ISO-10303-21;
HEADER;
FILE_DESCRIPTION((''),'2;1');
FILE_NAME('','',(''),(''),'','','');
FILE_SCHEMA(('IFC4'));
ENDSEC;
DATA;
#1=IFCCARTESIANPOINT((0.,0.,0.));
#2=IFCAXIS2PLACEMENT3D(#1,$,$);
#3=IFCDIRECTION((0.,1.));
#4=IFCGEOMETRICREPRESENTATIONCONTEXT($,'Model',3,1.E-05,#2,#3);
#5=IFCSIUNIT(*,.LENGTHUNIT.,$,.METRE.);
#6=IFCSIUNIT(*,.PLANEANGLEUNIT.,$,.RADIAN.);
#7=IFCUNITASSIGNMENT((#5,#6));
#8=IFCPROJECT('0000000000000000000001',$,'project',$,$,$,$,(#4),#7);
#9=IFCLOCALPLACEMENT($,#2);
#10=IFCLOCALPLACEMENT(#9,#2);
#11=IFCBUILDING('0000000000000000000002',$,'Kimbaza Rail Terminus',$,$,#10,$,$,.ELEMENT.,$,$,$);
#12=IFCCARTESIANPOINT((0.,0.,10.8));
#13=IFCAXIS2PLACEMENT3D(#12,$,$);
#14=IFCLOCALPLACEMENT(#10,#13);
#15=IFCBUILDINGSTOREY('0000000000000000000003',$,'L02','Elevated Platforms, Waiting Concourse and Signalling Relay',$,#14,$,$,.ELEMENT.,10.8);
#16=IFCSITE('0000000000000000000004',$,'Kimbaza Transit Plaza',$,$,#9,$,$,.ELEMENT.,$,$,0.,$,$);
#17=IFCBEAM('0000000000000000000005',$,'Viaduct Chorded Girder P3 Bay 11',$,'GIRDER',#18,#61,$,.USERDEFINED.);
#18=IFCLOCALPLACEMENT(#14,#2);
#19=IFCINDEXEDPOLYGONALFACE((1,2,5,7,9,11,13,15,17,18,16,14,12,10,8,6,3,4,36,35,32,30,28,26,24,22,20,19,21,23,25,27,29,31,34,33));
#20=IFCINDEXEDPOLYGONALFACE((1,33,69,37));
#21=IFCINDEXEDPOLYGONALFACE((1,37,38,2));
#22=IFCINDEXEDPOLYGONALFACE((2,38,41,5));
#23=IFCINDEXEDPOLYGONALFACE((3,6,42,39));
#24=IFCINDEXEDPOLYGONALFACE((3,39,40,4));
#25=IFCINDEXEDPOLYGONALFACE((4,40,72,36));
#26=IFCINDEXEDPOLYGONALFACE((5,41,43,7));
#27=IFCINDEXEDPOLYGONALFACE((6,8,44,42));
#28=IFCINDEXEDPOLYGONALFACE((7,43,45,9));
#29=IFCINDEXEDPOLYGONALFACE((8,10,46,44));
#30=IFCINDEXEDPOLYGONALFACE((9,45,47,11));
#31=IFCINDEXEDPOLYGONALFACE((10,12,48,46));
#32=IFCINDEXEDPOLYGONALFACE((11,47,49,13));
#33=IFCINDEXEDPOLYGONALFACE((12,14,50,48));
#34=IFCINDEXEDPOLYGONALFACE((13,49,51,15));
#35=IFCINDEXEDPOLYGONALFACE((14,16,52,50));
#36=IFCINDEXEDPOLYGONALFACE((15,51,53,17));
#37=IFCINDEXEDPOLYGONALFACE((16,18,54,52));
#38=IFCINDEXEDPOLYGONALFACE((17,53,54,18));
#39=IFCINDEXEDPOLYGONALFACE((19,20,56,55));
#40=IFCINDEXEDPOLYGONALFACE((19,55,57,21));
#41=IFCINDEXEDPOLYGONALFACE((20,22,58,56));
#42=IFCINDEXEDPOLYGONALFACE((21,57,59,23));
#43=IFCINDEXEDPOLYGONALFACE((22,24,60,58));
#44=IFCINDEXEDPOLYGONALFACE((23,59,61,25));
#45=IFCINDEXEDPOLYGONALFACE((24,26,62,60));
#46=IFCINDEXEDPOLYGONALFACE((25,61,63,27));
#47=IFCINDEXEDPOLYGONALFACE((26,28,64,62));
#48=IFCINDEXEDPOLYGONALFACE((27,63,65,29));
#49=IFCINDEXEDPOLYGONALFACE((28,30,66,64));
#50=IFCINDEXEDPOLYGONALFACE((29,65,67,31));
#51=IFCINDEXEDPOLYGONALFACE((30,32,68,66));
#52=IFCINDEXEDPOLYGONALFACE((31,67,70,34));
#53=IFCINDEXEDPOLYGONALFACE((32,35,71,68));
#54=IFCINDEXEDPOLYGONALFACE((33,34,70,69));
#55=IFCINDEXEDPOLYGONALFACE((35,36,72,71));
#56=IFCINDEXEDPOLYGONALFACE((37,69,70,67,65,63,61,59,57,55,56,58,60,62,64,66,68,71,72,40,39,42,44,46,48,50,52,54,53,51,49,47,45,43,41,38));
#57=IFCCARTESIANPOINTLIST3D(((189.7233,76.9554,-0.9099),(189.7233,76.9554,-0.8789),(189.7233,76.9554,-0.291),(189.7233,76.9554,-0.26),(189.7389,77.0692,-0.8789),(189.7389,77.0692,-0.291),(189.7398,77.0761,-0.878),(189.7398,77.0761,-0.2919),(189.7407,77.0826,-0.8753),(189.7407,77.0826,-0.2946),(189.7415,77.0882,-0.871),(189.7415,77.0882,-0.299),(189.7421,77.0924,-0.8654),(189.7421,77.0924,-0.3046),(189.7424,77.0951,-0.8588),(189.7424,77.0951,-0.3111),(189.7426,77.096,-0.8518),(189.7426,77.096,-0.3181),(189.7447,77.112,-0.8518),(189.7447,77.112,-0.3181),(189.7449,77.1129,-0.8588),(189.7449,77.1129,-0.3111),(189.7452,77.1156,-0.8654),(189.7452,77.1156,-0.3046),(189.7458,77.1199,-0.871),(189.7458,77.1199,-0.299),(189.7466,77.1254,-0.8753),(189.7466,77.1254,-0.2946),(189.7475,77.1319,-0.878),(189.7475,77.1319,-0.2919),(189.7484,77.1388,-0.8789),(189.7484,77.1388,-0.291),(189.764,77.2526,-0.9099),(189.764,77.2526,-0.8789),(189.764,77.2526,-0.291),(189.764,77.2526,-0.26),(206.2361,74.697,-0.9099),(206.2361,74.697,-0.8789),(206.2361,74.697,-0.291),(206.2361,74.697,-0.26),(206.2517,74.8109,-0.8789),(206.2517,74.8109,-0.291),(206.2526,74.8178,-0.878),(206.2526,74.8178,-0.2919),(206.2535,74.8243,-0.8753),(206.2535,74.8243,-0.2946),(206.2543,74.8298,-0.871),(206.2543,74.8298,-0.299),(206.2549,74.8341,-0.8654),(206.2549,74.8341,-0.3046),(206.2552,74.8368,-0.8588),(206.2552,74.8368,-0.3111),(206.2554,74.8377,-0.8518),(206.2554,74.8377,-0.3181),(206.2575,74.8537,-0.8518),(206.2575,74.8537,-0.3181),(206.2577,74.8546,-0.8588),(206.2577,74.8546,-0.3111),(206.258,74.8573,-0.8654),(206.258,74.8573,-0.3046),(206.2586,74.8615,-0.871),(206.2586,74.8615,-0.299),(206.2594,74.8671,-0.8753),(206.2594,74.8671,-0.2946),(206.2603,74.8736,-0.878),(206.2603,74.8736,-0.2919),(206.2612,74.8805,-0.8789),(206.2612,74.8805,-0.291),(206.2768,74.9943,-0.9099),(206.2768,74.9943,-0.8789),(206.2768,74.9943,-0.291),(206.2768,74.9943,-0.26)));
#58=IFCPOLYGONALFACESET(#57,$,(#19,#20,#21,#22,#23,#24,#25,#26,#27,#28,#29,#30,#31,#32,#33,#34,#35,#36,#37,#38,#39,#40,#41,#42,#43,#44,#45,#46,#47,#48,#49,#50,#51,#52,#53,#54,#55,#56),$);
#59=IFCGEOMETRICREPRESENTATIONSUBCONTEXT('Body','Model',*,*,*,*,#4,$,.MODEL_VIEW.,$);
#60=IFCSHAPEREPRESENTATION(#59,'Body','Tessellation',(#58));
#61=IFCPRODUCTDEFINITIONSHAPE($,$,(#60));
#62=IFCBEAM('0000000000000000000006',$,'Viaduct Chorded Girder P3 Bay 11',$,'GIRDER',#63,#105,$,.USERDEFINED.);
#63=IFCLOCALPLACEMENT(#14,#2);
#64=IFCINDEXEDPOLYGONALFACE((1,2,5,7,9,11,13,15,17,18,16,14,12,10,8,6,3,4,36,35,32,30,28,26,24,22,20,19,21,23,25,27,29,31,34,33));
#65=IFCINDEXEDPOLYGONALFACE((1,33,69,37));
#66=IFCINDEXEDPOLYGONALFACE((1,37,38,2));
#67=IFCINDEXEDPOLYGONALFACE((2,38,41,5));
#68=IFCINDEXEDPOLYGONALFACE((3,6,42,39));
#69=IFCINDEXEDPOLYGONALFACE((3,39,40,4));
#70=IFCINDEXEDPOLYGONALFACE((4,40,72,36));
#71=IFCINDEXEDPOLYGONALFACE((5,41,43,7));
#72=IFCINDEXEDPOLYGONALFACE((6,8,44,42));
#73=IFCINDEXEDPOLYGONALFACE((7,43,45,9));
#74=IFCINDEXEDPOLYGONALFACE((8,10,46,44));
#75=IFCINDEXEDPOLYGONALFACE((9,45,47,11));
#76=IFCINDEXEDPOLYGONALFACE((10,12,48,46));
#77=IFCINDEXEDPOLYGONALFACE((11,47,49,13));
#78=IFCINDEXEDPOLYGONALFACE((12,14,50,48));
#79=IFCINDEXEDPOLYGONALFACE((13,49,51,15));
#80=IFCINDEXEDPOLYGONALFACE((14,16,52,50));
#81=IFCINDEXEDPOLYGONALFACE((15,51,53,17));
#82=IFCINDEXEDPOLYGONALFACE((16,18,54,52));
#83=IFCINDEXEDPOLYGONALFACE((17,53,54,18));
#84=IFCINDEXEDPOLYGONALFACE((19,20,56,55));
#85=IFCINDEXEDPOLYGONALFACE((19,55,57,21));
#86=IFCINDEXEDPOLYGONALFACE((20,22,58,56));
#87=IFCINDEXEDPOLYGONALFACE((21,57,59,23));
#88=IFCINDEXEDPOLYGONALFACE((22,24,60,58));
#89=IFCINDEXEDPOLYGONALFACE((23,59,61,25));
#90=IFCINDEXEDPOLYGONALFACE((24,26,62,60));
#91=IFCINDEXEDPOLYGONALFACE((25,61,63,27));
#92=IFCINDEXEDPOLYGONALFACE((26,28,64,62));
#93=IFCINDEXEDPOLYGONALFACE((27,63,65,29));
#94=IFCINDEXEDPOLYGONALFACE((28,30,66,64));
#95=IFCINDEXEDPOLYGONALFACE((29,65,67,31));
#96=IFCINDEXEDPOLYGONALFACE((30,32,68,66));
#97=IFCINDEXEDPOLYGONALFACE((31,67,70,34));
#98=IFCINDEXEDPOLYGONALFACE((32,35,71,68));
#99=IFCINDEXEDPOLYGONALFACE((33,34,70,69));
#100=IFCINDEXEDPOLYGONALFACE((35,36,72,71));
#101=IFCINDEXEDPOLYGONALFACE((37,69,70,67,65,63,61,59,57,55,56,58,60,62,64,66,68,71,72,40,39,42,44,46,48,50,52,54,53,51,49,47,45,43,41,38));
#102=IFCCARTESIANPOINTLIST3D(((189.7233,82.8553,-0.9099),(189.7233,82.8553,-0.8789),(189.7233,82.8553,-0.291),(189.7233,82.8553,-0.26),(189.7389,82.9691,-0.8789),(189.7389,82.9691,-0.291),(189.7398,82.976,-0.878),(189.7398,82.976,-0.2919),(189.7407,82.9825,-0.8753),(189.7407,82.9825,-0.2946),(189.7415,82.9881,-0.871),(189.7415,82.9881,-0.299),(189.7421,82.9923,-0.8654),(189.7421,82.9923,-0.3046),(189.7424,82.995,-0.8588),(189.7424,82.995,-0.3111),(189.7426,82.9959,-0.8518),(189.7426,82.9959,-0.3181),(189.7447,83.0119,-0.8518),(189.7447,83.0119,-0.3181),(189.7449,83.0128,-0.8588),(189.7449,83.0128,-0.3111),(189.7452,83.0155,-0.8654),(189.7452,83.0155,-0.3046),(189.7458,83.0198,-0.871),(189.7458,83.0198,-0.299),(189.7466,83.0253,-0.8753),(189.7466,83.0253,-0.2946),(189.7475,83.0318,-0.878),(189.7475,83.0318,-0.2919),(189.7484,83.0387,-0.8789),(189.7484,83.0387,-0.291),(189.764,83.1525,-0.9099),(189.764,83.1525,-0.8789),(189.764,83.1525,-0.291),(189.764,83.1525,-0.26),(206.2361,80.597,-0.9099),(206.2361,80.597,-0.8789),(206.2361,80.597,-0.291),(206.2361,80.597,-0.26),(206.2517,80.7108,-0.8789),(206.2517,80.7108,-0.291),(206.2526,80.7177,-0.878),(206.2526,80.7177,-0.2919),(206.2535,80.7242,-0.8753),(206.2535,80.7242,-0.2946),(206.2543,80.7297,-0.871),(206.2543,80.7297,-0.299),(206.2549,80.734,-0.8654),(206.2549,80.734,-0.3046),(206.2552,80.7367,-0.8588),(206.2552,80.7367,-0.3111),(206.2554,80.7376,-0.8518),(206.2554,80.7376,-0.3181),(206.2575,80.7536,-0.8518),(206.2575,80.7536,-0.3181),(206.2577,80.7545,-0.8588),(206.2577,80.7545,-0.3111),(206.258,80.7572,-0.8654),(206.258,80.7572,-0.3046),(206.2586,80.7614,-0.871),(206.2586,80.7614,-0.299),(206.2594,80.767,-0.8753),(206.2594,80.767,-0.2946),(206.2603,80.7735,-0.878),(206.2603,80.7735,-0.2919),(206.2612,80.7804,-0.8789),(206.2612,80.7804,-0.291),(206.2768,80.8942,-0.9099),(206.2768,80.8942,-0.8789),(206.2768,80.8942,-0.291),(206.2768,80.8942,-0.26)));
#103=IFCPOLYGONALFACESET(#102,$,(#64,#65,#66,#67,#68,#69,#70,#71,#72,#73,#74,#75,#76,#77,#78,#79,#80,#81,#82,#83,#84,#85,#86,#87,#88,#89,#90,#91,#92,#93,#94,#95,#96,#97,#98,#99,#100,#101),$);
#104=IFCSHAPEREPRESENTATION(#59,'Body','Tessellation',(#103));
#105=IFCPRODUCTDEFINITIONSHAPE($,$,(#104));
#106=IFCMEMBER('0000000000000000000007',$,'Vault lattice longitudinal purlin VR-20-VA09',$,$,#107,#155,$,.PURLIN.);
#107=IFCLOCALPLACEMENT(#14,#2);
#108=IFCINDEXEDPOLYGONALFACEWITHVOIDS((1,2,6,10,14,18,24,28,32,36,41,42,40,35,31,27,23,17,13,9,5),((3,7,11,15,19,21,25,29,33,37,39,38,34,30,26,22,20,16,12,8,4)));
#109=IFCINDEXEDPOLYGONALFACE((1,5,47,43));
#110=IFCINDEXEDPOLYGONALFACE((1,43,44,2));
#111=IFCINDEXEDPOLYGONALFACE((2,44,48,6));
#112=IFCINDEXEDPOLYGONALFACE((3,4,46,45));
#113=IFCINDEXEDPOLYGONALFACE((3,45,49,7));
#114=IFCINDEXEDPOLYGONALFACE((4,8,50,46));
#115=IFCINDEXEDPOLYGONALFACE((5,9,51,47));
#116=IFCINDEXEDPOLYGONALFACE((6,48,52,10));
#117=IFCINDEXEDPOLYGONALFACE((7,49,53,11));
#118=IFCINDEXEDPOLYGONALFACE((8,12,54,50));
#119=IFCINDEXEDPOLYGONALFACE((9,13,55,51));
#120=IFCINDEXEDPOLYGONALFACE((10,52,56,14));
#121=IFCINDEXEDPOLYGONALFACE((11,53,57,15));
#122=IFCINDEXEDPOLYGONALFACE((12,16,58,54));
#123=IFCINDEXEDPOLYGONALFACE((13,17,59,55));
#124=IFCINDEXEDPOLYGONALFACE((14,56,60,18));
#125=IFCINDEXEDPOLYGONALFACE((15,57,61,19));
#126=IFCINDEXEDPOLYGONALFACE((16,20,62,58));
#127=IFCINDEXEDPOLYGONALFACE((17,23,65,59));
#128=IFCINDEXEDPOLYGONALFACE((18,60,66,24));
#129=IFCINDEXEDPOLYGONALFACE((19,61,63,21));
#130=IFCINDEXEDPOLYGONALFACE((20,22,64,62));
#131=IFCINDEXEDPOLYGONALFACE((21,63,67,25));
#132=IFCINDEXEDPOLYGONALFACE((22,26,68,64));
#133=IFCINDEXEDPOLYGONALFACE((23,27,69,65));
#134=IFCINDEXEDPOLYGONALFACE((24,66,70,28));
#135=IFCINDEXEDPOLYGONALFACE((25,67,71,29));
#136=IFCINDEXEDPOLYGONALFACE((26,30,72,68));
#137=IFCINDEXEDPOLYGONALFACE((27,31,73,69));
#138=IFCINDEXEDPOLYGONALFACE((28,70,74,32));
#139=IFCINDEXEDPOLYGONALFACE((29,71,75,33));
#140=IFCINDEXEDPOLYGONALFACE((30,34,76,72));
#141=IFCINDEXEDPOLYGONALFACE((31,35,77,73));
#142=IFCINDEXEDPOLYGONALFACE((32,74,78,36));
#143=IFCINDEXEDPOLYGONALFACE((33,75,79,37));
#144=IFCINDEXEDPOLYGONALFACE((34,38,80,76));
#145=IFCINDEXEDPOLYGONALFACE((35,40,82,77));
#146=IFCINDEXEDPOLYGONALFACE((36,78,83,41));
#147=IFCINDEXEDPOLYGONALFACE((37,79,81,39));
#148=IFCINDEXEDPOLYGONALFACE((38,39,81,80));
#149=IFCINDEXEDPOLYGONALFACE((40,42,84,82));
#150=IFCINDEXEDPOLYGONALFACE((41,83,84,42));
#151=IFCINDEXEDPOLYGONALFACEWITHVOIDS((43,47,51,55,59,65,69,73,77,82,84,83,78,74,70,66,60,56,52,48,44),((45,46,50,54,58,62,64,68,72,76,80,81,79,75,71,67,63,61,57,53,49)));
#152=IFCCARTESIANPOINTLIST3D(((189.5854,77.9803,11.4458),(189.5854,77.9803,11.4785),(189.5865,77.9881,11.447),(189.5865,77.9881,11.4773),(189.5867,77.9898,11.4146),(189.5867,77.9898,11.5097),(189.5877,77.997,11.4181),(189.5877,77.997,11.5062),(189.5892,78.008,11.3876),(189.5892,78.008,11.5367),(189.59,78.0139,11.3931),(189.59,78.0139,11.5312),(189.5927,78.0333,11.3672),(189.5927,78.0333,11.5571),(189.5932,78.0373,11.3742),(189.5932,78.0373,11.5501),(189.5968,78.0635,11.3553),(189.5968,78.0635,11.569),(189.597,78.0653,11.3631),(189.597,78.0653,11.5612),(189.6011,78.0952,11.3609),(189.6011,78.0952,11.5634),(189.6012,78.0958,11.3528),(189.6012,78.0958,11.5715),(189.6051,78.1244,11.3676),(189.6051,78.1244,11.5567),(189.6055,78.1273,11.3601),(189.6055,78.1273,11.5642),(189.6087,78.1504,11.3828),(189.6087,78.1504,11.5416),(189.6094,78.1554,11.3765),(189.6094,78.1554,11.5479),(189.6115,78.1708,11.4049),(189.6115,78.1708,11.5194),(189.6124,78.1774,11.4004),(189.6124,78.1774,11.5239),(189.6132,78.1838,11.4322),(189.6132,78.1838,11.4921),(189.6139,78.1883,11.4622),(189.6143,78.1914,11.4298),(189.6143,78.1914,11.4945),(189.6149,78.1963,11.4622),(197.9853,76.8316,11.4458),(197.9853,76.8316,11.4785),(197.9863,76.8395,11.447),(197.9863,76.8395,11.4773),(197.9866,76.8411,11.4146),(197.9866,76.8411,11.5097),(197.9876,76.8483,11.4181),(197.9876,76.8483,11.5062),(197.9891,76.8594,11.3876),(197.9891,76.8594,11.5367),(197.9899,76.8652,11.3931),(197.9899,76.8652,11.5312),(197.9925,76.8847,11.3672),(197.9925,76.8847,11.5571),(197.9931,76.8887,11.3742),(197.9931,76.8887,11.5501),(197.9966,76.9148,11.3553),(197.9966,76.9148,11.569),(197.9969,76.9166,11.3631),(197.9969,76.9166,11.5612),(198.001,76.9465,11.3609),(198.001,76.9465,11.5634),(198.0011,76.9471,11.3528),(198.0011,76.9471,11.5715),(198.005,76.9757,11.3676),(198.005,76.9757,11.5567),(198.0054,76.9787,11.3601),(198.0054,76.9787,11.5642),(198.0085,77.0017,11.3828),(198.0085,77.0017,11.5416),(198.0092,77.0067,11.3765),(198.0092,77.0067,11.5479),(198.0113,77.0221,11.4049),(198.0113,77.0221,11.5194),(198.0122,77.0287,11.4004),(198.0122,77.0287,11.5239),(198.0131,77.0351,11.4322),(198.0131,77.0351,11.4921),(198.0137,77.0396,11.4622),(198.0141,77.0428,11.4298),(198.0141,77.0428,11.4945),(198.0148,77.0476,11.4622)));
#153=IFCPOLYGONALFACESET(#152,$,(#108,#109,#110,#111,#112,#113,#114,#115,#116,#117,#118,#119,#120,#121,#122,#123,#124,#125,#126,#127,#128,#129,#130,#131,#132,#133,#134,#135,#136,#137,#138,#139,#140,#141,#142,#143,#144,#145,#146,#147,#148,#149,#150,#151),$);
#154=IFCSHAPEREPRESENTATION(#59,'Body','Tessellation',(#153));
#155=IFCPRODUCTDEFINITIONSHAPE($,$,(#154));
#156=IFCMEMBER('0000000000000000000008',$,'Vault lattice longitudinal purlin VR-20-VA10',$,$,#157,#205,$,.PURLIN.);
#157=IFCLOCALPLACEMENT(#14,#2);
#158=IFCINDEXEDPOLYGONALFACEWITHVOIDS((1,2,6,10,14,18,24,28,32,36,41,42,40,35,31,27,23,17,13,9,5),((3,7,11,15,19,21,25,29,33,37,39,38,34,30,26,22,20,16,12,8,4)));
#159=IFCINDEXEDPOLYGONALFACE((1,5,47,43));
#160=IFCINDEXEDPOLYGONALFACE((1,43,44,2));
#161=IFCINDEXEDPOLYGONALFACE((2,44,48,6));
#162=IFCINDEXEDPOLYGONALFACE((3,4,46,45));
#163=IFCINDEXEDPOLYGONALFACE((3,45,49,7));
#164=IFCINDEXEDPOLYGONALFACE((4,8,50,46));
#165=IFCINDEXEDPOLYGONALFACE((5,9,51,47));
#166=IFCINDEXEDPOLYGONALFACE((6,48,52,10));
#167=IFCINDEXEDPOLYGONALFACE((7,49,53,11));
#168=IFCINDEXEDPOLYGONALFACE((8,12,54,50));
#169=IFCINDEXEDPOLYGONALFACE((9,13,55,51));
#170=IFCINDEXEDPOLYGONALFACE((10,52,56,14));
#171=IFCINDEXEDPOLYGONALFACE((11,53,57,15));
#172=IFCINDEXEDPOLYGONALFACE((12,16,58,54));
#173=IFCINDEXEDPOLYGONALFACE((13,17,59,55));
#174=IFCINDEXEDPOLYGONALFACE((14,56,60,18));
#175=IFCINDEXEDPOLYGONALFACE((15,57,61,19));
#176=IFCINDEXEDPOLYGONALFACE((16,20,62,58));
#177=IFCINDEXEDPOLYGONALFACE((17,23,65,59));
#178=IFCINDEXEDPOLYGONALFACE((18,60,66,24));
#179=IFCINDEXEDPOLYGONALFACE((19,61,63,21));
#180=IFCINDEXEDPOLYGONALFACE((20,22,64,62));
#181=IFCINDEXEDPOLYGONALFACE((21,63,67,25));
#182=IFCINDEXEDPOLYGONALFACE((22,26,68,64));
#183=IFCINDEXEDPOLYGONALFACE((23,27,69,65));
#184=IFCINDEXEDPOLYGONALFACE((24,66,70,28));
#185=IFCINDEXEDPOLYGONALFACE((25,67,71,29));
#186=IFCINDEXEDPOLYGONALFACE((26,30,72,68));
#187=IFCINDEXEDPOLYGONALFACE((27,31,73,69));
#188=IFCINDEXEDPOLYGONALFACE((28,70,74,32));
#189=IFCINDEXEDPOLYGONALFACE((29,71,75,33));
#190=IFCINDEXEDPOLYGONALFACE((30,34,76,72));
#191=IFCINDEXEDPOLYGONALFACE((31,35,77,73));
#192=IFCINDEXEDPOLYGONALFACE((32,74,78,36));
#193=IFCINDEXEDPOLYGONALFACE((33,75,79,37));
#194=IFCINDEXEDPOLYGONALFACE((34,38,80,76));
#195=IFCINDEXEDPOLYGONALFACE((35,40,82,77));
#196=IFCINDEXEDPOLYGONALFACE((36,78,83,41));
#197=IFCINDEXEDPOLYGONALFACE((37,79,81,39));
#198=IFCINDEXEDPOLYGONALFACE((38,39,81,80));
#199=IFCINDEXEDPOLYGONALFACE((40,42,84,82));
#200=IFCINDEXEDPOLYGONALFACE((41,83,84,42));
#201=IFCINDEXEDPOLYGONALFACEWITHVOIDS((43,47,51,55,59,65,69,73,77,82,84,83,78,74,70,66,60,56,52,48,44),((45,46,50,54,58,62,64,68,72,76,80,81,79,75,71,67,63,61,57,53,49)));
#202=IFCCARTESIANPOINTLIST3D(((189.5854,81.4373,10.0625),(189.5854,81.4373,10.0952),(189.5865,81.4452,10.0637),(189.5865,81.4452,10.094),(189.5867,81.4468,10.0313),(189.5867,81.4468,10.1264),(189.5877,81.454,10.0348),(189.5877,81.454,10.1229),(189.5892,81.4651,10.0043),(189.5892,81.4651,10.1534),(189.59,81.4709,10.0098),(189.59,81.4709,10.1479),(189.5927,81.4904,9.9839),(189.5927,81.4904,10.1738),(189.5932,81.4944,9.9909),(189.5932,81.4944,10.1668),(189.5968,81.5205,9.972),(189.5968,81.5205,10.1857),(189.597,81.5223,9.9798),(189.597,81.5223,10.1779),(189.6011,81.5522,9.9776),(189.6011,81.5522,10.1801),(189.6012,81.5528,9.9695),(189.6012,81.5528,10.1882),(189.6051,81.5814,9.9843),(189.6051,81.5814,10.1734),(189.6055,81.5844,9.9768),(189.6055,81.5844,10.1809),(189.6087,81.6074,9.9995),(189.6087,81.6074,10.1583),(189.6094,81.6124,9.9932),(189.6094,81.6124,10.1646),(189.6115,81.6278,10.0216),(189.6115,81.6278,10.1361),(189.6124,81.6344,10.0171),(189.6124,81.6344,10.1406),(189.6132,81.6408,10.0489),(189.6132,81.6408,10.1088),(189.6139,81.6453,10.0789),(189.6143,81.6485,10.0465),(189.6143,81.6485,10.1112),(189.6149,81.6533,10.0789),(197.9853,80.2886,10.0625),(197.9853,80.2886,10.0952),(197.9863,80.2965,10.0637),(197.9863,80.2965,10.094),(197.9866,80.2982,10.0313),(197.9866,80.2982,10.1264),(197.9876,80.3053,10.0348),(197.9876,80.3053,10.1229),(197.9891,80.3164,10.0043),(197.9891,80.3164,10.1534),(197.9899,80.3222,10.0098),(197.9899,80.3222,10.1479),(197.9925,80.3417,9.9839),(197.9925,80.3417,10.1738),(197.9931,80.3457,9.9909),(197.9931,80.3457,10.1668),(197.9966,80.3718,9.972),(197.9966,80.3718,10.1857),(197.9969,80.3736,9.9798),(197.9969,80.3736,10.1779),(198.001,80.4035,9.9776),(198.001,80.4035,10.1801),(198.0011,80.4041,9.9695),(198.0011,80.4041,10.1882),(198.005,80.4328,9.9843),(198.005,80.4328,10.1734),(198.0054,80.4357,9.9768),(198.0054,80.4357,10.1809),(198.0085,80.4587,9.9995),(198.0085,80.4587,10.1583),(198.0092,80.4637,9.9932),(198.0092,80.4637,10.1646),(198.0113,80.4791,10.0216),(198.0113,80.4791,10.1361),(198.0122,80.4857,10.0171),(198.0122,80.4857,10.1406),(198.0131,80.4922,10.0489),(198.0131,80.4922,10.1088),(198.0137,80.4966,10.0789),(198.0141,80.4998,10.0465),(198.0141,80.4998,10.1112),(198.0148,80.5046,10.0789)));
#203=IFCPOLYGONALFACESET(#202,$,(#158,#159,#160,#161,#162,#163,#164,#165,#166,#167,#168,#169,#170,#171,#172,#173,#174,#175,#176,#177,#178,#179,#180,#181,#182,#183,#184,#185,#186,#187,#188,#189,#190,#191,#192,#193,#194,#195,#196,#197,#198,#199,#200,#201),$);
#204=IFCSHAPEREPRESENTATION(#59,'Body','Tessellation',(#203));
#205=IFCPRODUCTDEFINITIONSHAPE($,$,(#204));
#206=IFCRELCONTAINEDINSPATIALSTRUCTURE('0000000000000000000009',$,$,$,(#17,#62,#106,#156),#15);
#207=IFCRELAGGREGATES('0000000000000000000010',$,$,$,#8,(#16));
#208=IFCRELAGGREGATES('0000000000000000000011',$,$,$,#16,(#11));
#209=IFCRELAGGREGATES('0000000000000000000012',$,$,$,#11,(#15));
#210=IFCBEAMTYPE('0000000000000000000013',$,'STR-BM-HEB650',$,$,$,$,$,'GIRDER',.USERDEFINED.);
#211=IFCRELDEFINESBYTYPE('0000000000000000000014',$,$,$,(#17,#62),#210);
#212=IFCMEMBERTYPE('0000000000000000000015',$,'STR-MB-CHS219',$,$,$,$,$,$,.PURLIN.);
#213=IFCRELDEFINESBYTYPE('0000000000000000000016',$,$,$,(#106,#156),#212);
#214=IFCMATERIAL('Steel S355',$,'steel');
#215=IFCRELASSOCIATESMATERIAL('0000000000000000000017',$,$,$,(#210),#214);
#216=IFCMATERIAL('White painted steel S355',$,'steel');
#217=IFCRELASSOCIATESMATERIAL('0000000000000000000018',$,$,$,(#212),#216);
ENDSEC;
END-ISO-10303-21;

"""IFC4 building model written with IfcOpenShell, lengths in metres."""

from ifc_helpers import new_model, si_unit, direction, frame, origin, origin_2d, place, context, subcontext, project, spatial, hollow_circle, i_section, extrude, material, material_profile, profile_set, type_object, element, save


model = new_model("IFC4")

# Units and contexts
model_context = context("Model", 3, precision=1e-05, world=origin(), true_north=direction((0.0, 1.0)))
body_context = subcontext(model_context, "Body", "Model", "MODEL_VIEW")
ifc_project = project(units=[si_unit("LENGTHUNIT", "METRE"), si_unit("PLANEANGLEUNIT", "RADIAN")], contexts=[model_context])

# Site, building, storey
site_placement = place(None, origin())
site = spatial("IfcSite", under=ifc_project, at=site_placement, Name="Kimbaza Transit Plaza", CompositionType="ELEMENT", RefElevation=0.0)
building_placement = place(site_placement, origin())
building = spatial("IfcBuilding", under=site, at=building_placement, Name="Kimbaza Rail Terminus", CompositionType="ELEMENT")
storey_placement = place(building_placement, frame((0.0, 0.0, 10.8)))
storey = spatial("IfcBuildingStorey", under=building, at=storey_placement, Name="L02", Description="Elevated Platforms, Waiting Concourse and Signalling Relay", CompositionType="ELEMENT", Elevation=10.8)

# Beams
ifc_material_1 = material(Name="Steel S355", Category="steel")
ifc_material_profile_1 = material_profile(ifc_material_1, i_section(OverallWidth=0.3, OverallDepth=0.6499, WebThickness=0.0161, FlangeThickness=0.031, FilletRadius=0.0271, at=origin_2d()), Name="HEB 650")
ifc_profile_set_1 = profile_set([ifc_material_profile_1], Name="Steel S355")
beam_type = type_object("IfcBeamType", Name="STR-BM-HEB650", ElementType="GIRDER", PredefinedType="USERDEFINED", material=ifc_profile_set_1)
for number, where, z_axis, x_axis, name in (
    (1, (189.7437, 77.104, -0.585), (0.990777, -0.1355, 0.0), (0.1355, 0.990777, 0.0), "Viaduct Chorded Girder P3 Bay 11"),
    (2, (189.7437, 83.0039, -0.585), (0.990777, -0.1355, 0.0), (0.1355, 0.990777, 0.0), "Viaduct Chorded Girder P3 Bay 11"),
):
    element("IfcBeam", number, at=place(storey_placement, frame(where, z_axis=z_axis, x_axis=x_axis)), inside=storey, type_object=beam_type, Name=name, ObjectType="GIRDER", PredefinedType="USERDEFINED", context=body_context, shape_type="SweptSolid", body=[
        extrude(i_section(OverallWidth=0.3, OverallDepth=0.6499, WebThickness=0.0161, FlangeThickness=0.031, FilletRadius=0.0271, at=origin_2d()), origin(), (0.0, 0.0, 1.0), 16.6665),
    ])

# Members
ifc_material_2 = material(Name="White painted steel S355", Category="steel")
ifc_material_profile_2 = material_profile(ifc_material_2, hollow_circle(Radius=0.1096, WallThickness=0.0081, at=origin_2d()), Name="CHS 219.1x8")
ifc_profile_set_2 = profile_set([ifc_material_profile_2], Name="White painted steel S355")
member_type_1 = type_object("IfcMemberType", Name="STR-MB-CHS219", PredefinedType="PURLIN", material=ifc_profile_set_2)
for number, where, z_axis, x_axis, name in (
    (3, (189.6001, 78.0876, 11.4622), (0.990779, -0.135488, 0.0), (0.135488, 0.990779, 0.0), "Vault lattice longitudinal purlin VR-20-VA09"),
    (4, (189.6001, 81.5447, 10.0789), (0.990779, -0.135488, 0.0), (0.135488, 0.990779, 0.0), "Vault lattice longitudinal purlin VR-20-VA10"),
):
    element("IfcMember", number, at=place(storey_placement, frame(where, z_axis=z_axis, x_axis=x_axis)), inside=storey, type_object=member_type_1, Name=name, PredefinedType="PURLIN", context=body_context, shape_type="SweptSolid", body=[
        extrude(hollow_circle(Radius=0.1096, WallThickness=0.0081, at=origin_2d()), origin(), (0.0, 0.0, 1.0), 8.478),
    ])

save(model, "model.ifc")
